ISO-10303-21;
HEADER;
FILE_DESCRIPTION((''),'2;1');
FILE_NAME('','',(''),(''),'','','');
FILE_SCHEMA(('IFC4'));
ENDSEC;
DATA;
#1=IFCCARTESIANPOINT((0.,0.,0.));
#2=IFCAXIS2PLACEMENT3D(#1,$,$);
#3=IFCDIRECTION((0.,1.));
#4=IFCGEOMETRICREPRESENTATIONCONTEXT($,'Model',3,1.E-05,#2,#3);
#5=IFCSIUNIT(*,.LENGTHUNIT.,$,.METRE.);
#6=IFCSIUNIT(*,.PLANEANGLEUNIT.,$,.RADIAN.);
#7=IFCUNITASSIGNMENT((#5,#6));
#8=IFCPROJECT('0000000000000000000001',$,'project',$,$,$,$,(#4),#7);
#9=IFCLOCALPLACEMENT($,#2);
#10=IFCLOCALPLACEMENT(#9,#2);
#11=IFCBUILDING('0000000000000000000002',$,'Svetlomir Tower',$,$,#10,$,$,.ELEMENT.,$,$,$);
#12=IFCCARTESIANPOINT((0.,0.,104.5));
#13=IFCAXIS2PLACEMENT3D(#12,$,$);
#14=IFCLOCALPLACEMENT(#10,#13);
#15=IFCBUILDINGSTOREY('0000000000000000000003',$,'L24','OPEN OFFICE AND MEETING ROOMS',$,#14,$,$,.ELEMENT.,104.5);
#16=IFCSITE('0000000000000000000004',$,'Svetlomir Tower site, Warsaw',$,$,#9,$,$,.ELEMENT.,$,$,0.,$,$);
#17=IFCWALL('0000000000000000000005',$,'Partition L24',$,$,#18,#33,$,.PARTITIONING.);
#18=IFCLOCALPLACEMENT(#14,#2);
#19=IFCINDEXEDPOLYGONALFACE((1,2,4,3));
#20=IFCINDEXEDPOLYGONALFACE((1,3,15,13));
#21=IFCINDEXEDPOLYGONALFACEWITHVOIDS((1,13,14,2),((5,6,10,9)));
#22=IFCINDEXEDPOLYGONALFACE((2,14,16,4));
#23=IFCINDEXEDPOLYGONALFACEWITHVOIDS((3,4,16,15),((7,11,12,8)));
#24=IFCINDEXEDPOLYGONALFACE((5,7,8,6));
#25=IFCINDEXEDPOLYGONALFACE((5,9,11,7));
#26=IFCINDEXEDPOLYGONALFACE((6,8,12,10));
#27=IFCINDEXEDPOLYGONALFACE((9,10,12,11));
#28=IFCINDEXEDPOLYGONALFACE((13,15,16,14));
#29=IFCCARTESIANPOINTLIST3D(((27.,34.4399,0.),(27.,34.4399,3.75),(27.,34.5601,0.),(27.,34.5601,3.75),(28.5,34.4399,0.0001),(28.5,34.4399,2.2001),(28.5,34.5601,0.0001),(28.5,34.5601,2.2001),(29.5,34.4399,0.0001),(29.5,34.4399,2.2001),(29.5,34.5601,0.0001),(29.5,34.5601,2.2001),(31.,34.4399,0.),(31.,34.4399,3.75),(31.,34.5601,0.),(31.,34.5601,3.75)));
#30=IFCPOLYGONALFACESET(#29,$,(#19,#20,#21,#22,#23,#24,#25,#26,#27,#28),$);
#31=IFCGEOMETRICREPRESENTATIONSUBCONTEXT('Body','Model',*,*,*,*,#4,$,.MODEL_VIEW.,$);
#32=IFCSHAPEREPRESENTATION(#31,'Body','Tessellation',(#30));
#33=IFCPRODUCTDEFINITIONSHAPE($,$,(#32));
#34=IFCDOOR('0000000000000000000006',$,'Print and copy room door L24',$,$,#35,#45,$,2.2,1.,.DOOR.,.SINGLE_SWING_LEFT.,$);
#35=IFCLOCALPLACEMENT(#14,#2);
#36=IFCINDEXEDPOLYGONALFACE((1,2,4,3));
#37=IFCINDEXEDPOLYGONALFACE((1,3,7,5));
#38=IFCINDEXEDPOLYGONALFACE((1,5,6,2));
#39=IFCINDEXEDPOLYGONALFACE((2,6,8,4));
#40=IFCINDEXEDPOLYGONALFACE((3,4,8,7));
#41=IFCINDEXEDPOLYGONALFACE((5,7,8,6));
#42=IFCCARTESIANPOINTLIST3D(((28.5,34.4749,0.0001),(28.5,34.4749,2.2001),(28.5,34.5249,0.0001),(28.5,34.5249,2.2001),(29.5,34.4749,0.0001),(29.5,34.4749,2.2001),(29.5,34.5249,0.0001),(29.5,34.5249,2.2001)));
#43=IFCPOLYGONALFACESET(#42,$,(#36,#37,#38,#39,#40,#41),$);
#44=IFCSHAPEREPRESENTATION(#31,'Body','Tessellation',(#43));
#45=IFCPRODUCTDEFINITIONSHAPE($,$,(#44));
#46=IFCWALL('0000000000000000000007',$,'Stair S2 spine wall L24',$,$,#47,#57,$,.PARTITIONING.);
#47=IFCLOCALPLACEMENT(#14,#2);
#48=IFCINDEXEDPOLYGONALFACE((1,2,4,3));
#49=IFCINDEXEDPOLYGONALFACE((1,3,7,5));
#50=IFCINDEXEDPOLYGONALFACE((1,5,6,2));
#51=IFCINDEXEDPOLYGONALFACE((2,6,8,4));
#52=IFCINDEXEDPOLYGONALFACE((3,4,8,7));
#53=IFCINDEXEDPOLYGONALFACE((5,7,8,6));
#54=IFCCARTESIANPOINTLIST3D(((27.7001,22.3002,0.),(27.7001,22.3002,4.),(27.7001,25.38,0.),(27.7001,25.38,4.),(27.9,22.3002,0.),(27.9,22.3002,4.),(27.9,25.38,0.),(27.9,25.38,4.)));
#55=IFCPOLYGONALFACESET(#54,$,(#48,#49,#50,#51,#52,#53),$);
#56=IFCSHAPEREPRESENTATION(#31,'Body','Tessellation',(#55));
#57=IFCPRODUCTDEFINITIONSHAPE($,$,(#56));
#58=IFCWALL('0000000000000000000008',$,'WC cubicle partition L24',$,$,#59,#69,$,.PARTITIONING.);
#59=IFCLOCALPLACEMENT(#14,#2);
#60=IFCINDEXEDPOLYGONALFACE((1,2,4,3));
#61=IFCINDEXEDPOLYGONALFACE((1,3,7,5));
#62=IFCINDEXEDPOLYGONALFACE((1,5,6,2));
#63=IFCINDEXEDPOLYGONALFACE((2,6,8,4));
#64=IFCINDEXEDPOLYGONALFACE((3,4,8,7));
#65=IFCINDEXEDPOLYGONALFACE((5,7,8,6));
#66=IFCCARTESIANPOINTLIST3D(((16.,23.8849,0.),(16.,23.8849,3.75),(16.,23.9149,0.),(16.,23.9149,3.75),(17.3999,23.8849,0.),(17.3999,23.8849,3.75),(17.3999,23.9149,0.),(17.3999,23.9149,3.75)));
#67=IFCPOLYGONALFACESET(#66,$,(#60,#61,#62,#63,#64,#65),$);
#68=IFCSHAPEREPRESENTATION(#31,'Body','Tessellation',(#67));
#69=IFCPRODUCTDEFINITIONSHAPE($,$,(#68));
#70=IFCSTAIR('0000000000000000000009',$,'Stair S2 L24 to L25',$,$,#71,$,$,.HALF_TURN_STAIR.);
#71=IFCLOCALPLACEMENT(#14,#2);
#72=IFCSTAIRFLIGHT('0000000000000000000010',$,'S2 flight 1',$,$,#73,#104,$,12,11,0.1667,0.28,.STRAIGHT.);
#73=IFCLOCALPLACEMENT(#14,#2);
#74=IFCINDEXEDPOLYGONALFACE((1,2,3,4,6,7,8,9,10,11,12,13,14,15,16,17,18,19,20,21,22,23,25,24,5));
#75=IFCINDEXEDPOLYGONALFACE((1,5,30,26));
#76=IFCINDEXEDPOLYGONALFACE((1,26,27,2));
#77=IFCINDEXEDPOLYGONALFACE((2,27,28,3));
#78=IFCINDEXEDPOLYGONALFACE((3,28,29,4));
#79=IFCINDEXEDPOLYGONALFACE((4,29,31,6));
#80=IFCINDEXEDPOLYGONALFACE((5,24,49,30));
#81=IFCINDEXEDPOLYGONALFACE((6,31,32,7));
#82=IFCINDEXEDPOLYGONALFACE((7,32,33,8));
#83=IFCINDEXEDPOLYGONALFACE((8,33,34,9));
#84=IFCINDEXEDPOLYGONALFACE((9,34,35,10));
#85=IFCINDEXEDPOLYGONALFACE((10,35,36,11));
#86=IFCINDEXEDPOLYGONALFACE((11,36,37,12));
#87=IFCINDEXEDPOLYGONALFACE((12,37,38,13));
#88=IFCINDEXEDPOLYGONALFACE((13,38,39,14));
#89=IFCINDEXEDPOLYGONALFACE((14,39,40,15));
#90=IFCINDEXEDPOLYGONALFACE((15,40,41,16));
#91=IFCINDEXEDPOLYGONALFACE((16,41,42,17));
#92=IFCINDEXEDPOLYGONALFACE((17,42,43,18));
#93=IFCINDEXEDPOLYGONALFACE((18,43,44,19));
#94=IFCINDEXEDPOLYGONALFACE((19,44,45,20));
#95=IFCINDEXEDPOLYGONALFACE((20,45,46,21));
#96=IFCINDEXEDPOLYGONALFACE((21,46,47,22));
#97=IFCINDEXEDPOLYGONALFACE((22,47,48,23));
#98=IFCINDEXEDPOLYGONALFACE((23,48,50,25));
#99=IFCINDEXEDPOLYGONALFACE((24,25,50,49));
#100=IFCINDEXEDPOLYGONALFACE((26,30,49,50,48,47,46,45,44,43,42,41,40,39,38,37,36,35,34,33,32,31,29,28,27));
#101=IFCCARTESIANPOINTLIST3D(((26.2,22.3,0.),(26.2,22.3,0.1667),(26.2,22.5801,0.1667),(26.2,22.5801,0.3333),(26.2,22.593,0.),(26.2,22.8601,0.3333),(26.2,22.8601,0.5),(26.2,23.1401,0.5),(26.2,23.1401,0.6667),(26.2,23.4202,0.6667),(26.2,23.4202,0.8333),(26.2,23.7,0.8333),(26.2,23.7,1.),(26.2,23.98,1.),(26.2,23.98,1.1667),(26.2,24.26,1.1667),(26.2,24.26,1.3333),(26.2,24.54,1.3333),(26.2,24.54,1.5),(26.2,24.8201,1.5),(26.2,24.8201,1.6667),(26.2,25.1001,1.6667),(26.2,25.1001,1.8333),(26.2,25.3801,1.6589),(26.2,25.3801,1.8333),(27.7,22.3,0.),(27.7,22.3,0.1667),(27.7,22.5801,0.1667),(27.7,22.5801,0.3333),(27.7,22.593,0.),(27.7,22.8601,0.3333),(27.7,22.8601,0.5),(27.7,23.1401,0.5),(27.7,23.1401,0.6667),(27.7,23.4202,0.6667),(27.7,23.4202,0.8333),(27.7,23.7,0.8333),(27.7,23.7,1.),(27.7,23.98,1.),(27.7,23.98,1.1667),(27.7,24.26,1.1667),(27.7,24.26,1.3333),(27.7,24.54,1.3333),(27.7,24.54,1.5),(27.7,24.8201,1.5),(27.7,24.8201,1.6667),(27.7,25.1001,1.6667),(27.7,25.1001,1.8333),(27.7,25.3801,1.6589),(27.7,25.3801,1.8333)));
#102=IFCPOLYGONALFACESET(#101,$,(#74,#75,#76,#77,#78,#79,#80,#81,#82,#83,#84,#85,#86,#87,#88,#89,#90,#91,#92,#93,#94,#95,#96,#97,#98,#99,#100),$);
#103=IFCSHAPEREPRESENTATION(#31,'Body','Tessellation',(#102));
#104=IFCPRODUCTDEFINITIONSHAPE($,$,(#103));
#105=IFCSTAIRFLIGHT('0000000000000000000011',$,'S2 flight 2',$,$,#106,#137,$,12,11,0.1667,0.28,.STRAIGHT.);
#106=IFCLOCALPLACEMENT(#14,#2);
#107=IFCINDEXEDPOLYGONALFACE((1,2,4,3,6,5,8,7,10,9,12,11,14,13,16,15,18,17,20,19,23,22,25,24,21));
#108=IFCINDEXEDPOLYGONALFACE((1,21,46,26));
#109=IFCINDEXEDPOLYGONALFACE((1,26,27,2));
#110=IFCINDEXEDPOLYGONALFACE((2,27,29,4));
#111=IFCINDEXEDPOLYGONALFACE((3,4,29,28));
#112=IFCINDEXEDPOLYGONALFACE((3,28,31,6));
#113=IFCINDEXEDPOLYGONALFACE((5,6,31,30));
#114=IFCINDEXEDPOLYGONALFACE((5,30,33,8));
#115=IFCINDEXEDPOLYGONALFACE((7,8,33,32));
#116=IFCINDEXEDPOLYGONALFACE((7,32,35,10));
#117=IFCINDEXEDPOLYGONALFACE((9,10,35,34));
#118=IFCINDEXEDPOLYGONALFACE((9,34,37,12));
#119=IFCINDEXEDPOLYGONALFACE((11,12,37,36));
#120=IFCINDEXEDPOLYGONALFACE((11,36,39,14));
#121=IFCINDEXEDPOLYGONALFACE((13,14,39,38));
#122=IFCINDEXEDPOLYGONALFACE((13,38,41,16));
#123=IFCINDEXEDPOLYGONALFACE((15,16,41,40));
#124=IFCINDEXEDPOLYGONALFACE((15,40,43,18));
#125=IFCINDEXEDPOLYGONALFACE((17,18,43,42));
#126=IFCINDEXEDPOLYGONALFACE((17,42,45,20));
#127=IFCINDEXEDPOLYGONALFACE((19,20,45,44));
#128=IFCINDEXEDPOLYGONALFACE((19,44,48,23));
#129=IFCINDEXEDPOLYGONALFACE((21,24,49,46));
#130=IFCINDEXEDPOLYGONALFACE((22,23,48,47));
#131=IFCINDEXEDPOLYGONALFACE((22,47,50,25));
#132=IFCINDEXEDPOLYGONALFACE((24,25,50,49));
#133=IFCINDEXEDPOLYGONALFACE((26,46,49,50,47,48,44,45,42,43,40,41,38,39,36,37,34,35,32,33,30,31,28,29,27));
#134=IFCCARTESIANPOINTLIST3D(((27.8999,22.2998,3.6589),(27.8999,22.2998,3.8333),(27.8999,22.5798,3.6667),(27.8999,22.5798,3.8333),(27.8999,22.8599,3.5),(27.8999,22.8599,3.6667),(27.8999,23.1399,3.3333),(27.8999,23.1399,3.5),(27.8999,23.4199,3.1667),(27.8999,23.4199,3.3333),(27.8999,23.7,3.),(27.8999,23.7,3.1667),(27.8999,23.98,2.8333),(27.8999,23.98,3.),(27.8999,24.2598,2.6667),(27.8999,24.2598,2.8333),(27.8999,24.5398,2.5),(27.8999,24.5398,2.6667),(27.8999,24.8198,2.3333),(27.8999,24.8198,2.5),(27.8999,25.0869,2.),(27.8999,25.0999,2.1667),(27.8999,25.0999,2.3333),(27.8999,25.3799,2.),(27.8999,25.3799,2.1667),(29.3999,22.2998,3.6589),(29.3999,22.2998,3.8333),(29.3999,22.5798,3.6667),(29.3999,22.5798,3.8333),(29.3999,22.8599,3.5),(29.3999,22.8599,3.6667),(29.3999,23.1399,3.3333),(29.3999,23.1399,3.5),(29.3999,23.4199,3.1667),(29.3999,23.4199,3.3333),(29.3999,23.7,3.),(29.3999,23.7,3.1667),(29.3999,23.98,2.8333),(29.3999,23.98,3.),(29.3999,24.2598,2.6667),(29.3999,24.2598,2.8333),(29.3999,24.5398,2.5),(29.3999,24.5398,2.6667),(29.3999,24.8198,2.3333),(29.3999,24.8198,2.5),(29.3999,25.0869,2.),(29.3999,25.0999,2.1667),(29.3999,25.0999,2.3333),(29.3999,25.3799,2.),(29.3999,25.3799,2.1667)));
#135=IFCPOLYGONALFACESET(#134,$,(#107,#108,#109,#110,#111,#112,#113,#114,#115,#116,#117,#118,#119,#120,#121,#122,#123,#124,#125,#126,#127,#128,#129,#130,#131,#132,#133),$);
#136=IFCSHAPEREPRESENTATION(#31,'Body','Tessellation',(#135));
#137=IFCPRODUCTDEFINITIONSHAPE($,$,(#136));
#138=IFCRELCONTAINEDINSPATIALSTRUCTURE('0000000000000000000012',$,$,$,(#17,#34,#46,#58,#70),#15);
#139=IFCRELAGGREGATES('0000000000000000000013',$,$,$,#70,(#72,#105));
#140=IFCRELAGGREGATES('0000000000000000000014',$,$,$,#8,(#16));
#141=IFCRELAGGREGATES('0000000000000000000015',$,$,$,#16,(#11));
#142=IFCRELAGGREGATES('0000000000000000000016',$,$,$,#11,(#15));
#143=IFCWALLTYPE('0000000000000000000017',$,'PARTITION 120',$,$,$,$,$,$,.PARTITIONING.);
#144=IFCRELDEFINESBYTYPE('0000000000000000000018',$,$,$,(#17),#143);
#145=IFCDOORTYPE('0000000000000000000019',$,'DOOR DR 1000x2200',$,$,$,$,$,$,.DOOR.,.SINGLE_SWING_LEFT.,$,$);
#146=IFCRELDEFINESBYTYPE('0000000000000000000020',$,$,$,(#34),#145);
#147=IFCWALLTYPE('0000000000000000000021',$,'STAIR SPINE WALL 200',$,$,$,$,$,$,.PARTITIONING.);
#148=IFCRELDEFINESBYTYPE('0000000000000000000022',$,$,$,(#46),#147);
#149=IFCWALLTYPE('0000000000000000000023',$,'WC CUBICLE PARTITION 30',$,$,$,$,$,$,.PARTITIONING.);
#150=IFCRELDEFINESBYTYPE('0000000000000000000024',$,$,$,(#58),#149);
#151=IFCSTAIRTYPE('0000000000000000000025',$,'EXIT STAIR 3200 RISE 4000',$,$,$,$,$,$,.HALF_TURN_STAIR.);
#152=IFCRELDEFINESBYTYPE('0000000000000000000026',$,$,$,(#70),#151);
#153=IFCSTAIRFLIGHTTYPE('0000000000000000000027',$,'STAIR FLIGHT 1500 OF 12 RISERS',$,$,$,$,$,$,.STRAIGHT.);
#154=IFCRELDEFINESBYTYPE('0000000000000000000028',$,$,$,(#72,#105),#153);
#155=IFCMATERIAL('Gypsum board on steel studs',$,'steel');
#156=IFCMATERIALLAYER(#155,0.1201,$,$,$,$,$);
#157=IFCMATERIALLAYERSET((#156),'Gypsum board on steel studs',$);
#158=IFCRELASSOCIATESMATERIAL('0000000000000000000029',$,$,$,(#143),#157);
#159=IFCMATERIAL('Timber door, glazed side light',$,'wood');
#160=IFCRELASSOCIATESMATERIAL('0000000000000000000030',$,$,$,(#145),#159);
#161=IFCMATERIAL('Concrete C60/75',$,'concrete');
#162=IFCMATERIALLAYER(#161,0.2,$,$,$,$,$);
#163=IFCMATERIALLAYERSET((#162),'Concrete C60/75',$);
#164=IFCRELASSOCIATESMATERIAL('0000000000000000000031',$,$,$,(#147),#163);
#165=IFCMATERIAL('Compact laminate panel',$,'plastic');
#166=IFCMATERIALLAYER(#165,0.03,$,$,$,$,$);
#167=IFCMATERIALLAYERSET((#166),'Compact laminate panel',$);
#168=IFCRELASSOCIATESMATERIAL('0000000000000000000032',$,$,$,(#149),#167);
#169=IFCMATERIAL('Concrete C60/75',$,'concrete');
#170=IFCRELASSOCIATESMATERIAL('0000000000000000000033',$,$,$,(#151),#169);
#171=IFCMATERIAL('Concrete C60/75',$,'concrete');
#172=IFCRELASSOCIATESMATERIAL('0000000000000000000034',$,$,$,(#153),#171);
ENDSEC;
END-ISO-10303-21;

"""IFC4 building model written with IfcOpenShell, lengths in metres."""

from ifc_helpers import new_model, si_unit, direction, frame, frame_2d, origin, place, context, subcontext, project, spatial, polyline, rectangle, outline, extrude, material, layer, layer_set, type_object, element, fill, aggregate, save


model = new_model("IFC4")

# Units and contexts
model_context = context("Model", 3, precision=1e-05, world=origin(), true_north=direction((0.0, 1.0)))
body_context = subcontext(model_context, "Body", "Model", "MODEL_VIEW")
ifc_project = project(units=[si_unit("LENGTHUNIT", "METRE"), si_unit("PLANEANGLEUNIT", "RADIAN")], contexts=[model_context])

# Site, building, storey
site_placement = place(None, origin())
site = spatial("IfcSite", under=ifc_project, at=site_placement, Name="Svetlomir Tower site, Warsaw", CompositionType="ELEMENT", RefElevation=0.0)
building_placement = place(site_placement, origin())
building = spatial("IfcBuilding", under=site, at=building_placement, Name="Svetlomir Tower", CompositionType="ELEMENT")
storey_placement = place(building_placement, frame((0.0, 0.0, 104.5)))
storey = spatial("IfcBuildingStorey", under=building, at=storey_placement, Name="L24", Description="OPEN OFFICE AND MEETING ROOMS", CompositionType="ELEMENT", Elevation=104.5)

# Shared definitions
ifc_material_1 = material(Name="Gypsum board on steel studs", Category="steel")
ifc_layer_1 = layer(ifc_material_1, 0.1201)
ifc_layer_set_1 = layer_set([ifc_layer_1], Name="Gypsum board on steel studs")
wall_type_1 = type_object("IfcWallType", Name="PARTITION 120", PredefinedType="PARTITIONING", material=ifc_layer_set_1)

# Shared definitions
ifc_material_2 = material(Name="Timber door, glazed side light", Category="wood")
door_type_1 = type_object("IfcDoorType", Name="DOOR DR 1000x2200", OperationType="SINGLE_SWING_LEFT", PredefinedType="DOOR", material=ifc_material_2)

# Wall, opening, door
wall_1_placement = place(storey_placement, frame((27.0, 34.5, 0.0), z_axis=(0.0, 0.0, 1.0), x_axis=(1.0, 0.0, 0.0)))
wall_1 = element("IfcWall", 1, at=wall_1_placement, inside=storey, type_object=wall_type_1, Name="Partition L24", PredefinedType="PARTITIONING", context=body_context, shape_type="SweptSolid", body=[
    extrude(rectangle(XDim=4.0, YDim=0.1201, at=frame_2d((2.0, 0.0))), origin(), (0.0, 0.0, 1.0), 3.75),
])
opening_1_placement = place(wall_1_placement, frame((1.5, 0.0, 0.0)))
opening_1 = element("IfcOpeningElement", 2, at=opening_1_placement, cuts=wall_1, PredefinedType="OPENING", context=body_context, shape_type="SweptSolid", body=[
    extrude(rectangle(XDim=1.0, YDim=2.2, at=frame_2d((0.5, 1.1001))), frame((0.0, 0.0701, 0.0), z_axis=(0.0, -1.0, 0.0), x_axis=(1.0, 0.0, 0.0)), (0.0, 0.0, 1.0), 0.1401),
])
door_1_placement = place(opening_1_placement, origin())
door_1 = element("IfcDoor", 3, at=door_1_placement, inside=storey, type_object=door_type_1, Name="Print and copy room door L24", OperationType="SINGLE_SWING_LEFT", OverallHeight=2.2, OverallWidth=1.0, PredefinedType="DOOR", context=body_context, shape_type="SweptSolid", body=[
    extrude(rectangle(XDim=1.0, YDim=2.2, at=frame_2d((0.5, 1.1001))), frame((0.0, 0.0249, 0.0), z_axis=(0.0, -1.0, 0.0), x_axis=(1.0, 0.0, 0.0)), (0.0, 0.0, 1.0), 0.05),
])
fill(opening_1, door_1)

# Walls
ifc_material_3 = material(Name="Concrete C60/75", Category="concrete")
ifc_layer_2 = layer(ifc_material_3, 0.2)
ifc_layer_set_2 = layer_set([ifc_layer_2], Name="Concrete C60/75")
wall_type_2 = type_object("IfcWallType", Name="STAIR SPINE WALL 200", PredefinedType="PARTITIONING", material=ifc_layer_set_2)
wall_2_placement = place(storey_placement, frame((27.8, 22.3, 0.0), z_axis=(0.0, 0.0, 1.0), x_axis=(0.0, 1.0, 0.0)))
element("IfcWall", 4, at=wall_2_placement, inside=storey, type_object=wall_type_2, Name="Stair S2 spine wall L24", PredefinedType="PARTITIONING", context=body_context, shape_type="SweptSolid", body=[
    extrude(rectangle(XDim=3.0798, YDim=0.2, at=frame_2d((1.54, 0.0))), origin(), (0.0, 0.0, 1.0), 4.0),
])
ifc_material_4 = material(Name="Compact laminate panel", Category="plastic")
ifc_layer_3 = layer(ifc_material_4, 0.03)
ifc_layer_set_3 = layer_set([ifc_layer_3], Name="Compact laminate panel")
wall_type_3 = type_object("IfcWallType", Name="WC CUBICLE PARTITION 30", PredefinedType="PARTITIONING", material=ifc_layer_set_3)
wall_3_placement = place(storey_placement, frame((16.0, 23.8999, 0.0), z_axis=(0.0, 0.0, 1.0), x_axis=(1.0, 0.0, 0.0)))
element("IfcWall", 5, at=wall_3_placement, inside=storey, type_object=wall_type_3, Name="WC cubicle partition L24", PredefinedType="PARTITIONING", context=body_context, shape_type="SweptSolid", body=[
    extrude(rectangle(XDim=1.3999, YDim=0.03, at=frame_2d((0.7, 0.0))), origin(), (0.0, 0.0, 1.0), 3.75),
])

# Stair, stair flights
ifc_material_5 = material(Name="Concrete C60/75", Category="concrete")
stair_type = type_object("IfcStairType", Name="EXIT STAIR 3200 RISE 4000", PredefinedType="HALF_TURN_STAIR", material=ifc_material_5)
stair_placement = place(storey_placement, origin())
stair = element("IfcStair", 6, at=stair_placement, inside=storey, type_object=stair_type, Name="Stair S2 L24 to L25", PredefinedType="HALF_TURN_STAIR")
ifc_material_6 = material(Name="Concrete C60/75", Category="concrete")
stair_flight_type = type_object("IfcStairFlightType", Name="STAIR FLIGHT 1500 OF 12 RISERS", PredefinedType="STRAIGHT", material=ifc_material_6)
stair_flight_1_placement = place(storey_placement, frame((26.95, 22.3, 0.0), z_axis=(0.0, 0.0, 1.0), x_axis=(0.0, 1.0, 0.0)))
stair_flight_1 = element("IfcStairFlight", 7, at=stair_flight_1_placement, type_object=stair_flight_type, Name="S2 flight 1", NumberOfRisers=12, NumberOfTreads=11, PredefinedType="STRAIGHT", RiserHeight=0.1667, TreadLength=0.28, context=body_context, shape_type="SweptSolid", body=[
    extrude(outline(polyline([(0.0, 0.0), (0.0, 0.1667), (0.28, 0.1667), (0.28, 0.3333), (0.5601, 0.3333), (0.5601, 0.5), (0.8401, 0.5), (0.8401, 0.6667), (1.1201, 0.6667), (1.1201, 0.8333), (1.3999, 0.8333), (1.3999, 1.0), (1.6799, 1.0), (1.6799, 1.1667), (1.96, 1.1667), (1.96, 1.3333), (2.24, 1.3333), (2.24, 1.5), (2.52, 1.5), (2.52, 1.6667), (2.8, 1.6667), (2.8, 1.8333), (3.0801, 1.8333), (3.0801, 2.0), (3.0801, 1.6589), (0.293, 0.0), (0.0, 0.0)])), frame((0.0, 0.75, 0.0), z_axis=(0.0, -1.0, 0.0), x_axis=(1.0, 0.0, 0.0)), (0.0, 0.0, 1.0), 1.5),
])
stair_flight_2_placement = place(storey_placement, frame((28.6499, 25.3799, 2.0), z_axis=(0.0, 0.0, 1.0), x_axis=(0.0, -1.0, 0.0)))
stair_flight_2 = element("IfcStairFlight", 8, at=stair_flight_2_placement, type_object=stair_flight_type, Name="S2 flight 2", NumberOfRisers=12, NumberOfTreads=11, PredefinedType="STRAIGHT", RiserHeight=0.1667, TreadLength=0.28, context=body_context, shape_type="SweptSolid", body=[
    extrude(outline(polyline([(0.0, 0.0), (0.0, 0.1667), (0.28, 0.1667), (0.28, 0.3333), (0.5601, 0.3333), (0.5601, 0.5), (0.8401, 0.5), (0.8401, 0.6667), (1.1201, 0.6667), (1.1201, 0.8333), (1.3999, 0.8333), (1.3999, 1.0), (1.6799, 1.0), (1.6799, 1.1667), (1.96, 1.1667), (1.96, 1.3333), (2.24, 1.3333), (2.24, 1.5), (2.52, 1.5), (2.52, 1.6667), (2.8, 1.6667), (2.8, 1.8333), (3.0801, 1.8333), (3.0801, 2.0), (3.0801, 1.6589), (0.293, 0.0), (0.0, 0.0)])), frame((0.0, 0.75, 0.0), z_axis=(0.0, -1.0, 0.0), x_axis=(1.0, 0.0, 0.0)), (0.0, 0.0, 1.0), 1.5),
])
aggregate(stair, [stair_flight_1, stair_flight_2])

save(model, "model.ifc")
